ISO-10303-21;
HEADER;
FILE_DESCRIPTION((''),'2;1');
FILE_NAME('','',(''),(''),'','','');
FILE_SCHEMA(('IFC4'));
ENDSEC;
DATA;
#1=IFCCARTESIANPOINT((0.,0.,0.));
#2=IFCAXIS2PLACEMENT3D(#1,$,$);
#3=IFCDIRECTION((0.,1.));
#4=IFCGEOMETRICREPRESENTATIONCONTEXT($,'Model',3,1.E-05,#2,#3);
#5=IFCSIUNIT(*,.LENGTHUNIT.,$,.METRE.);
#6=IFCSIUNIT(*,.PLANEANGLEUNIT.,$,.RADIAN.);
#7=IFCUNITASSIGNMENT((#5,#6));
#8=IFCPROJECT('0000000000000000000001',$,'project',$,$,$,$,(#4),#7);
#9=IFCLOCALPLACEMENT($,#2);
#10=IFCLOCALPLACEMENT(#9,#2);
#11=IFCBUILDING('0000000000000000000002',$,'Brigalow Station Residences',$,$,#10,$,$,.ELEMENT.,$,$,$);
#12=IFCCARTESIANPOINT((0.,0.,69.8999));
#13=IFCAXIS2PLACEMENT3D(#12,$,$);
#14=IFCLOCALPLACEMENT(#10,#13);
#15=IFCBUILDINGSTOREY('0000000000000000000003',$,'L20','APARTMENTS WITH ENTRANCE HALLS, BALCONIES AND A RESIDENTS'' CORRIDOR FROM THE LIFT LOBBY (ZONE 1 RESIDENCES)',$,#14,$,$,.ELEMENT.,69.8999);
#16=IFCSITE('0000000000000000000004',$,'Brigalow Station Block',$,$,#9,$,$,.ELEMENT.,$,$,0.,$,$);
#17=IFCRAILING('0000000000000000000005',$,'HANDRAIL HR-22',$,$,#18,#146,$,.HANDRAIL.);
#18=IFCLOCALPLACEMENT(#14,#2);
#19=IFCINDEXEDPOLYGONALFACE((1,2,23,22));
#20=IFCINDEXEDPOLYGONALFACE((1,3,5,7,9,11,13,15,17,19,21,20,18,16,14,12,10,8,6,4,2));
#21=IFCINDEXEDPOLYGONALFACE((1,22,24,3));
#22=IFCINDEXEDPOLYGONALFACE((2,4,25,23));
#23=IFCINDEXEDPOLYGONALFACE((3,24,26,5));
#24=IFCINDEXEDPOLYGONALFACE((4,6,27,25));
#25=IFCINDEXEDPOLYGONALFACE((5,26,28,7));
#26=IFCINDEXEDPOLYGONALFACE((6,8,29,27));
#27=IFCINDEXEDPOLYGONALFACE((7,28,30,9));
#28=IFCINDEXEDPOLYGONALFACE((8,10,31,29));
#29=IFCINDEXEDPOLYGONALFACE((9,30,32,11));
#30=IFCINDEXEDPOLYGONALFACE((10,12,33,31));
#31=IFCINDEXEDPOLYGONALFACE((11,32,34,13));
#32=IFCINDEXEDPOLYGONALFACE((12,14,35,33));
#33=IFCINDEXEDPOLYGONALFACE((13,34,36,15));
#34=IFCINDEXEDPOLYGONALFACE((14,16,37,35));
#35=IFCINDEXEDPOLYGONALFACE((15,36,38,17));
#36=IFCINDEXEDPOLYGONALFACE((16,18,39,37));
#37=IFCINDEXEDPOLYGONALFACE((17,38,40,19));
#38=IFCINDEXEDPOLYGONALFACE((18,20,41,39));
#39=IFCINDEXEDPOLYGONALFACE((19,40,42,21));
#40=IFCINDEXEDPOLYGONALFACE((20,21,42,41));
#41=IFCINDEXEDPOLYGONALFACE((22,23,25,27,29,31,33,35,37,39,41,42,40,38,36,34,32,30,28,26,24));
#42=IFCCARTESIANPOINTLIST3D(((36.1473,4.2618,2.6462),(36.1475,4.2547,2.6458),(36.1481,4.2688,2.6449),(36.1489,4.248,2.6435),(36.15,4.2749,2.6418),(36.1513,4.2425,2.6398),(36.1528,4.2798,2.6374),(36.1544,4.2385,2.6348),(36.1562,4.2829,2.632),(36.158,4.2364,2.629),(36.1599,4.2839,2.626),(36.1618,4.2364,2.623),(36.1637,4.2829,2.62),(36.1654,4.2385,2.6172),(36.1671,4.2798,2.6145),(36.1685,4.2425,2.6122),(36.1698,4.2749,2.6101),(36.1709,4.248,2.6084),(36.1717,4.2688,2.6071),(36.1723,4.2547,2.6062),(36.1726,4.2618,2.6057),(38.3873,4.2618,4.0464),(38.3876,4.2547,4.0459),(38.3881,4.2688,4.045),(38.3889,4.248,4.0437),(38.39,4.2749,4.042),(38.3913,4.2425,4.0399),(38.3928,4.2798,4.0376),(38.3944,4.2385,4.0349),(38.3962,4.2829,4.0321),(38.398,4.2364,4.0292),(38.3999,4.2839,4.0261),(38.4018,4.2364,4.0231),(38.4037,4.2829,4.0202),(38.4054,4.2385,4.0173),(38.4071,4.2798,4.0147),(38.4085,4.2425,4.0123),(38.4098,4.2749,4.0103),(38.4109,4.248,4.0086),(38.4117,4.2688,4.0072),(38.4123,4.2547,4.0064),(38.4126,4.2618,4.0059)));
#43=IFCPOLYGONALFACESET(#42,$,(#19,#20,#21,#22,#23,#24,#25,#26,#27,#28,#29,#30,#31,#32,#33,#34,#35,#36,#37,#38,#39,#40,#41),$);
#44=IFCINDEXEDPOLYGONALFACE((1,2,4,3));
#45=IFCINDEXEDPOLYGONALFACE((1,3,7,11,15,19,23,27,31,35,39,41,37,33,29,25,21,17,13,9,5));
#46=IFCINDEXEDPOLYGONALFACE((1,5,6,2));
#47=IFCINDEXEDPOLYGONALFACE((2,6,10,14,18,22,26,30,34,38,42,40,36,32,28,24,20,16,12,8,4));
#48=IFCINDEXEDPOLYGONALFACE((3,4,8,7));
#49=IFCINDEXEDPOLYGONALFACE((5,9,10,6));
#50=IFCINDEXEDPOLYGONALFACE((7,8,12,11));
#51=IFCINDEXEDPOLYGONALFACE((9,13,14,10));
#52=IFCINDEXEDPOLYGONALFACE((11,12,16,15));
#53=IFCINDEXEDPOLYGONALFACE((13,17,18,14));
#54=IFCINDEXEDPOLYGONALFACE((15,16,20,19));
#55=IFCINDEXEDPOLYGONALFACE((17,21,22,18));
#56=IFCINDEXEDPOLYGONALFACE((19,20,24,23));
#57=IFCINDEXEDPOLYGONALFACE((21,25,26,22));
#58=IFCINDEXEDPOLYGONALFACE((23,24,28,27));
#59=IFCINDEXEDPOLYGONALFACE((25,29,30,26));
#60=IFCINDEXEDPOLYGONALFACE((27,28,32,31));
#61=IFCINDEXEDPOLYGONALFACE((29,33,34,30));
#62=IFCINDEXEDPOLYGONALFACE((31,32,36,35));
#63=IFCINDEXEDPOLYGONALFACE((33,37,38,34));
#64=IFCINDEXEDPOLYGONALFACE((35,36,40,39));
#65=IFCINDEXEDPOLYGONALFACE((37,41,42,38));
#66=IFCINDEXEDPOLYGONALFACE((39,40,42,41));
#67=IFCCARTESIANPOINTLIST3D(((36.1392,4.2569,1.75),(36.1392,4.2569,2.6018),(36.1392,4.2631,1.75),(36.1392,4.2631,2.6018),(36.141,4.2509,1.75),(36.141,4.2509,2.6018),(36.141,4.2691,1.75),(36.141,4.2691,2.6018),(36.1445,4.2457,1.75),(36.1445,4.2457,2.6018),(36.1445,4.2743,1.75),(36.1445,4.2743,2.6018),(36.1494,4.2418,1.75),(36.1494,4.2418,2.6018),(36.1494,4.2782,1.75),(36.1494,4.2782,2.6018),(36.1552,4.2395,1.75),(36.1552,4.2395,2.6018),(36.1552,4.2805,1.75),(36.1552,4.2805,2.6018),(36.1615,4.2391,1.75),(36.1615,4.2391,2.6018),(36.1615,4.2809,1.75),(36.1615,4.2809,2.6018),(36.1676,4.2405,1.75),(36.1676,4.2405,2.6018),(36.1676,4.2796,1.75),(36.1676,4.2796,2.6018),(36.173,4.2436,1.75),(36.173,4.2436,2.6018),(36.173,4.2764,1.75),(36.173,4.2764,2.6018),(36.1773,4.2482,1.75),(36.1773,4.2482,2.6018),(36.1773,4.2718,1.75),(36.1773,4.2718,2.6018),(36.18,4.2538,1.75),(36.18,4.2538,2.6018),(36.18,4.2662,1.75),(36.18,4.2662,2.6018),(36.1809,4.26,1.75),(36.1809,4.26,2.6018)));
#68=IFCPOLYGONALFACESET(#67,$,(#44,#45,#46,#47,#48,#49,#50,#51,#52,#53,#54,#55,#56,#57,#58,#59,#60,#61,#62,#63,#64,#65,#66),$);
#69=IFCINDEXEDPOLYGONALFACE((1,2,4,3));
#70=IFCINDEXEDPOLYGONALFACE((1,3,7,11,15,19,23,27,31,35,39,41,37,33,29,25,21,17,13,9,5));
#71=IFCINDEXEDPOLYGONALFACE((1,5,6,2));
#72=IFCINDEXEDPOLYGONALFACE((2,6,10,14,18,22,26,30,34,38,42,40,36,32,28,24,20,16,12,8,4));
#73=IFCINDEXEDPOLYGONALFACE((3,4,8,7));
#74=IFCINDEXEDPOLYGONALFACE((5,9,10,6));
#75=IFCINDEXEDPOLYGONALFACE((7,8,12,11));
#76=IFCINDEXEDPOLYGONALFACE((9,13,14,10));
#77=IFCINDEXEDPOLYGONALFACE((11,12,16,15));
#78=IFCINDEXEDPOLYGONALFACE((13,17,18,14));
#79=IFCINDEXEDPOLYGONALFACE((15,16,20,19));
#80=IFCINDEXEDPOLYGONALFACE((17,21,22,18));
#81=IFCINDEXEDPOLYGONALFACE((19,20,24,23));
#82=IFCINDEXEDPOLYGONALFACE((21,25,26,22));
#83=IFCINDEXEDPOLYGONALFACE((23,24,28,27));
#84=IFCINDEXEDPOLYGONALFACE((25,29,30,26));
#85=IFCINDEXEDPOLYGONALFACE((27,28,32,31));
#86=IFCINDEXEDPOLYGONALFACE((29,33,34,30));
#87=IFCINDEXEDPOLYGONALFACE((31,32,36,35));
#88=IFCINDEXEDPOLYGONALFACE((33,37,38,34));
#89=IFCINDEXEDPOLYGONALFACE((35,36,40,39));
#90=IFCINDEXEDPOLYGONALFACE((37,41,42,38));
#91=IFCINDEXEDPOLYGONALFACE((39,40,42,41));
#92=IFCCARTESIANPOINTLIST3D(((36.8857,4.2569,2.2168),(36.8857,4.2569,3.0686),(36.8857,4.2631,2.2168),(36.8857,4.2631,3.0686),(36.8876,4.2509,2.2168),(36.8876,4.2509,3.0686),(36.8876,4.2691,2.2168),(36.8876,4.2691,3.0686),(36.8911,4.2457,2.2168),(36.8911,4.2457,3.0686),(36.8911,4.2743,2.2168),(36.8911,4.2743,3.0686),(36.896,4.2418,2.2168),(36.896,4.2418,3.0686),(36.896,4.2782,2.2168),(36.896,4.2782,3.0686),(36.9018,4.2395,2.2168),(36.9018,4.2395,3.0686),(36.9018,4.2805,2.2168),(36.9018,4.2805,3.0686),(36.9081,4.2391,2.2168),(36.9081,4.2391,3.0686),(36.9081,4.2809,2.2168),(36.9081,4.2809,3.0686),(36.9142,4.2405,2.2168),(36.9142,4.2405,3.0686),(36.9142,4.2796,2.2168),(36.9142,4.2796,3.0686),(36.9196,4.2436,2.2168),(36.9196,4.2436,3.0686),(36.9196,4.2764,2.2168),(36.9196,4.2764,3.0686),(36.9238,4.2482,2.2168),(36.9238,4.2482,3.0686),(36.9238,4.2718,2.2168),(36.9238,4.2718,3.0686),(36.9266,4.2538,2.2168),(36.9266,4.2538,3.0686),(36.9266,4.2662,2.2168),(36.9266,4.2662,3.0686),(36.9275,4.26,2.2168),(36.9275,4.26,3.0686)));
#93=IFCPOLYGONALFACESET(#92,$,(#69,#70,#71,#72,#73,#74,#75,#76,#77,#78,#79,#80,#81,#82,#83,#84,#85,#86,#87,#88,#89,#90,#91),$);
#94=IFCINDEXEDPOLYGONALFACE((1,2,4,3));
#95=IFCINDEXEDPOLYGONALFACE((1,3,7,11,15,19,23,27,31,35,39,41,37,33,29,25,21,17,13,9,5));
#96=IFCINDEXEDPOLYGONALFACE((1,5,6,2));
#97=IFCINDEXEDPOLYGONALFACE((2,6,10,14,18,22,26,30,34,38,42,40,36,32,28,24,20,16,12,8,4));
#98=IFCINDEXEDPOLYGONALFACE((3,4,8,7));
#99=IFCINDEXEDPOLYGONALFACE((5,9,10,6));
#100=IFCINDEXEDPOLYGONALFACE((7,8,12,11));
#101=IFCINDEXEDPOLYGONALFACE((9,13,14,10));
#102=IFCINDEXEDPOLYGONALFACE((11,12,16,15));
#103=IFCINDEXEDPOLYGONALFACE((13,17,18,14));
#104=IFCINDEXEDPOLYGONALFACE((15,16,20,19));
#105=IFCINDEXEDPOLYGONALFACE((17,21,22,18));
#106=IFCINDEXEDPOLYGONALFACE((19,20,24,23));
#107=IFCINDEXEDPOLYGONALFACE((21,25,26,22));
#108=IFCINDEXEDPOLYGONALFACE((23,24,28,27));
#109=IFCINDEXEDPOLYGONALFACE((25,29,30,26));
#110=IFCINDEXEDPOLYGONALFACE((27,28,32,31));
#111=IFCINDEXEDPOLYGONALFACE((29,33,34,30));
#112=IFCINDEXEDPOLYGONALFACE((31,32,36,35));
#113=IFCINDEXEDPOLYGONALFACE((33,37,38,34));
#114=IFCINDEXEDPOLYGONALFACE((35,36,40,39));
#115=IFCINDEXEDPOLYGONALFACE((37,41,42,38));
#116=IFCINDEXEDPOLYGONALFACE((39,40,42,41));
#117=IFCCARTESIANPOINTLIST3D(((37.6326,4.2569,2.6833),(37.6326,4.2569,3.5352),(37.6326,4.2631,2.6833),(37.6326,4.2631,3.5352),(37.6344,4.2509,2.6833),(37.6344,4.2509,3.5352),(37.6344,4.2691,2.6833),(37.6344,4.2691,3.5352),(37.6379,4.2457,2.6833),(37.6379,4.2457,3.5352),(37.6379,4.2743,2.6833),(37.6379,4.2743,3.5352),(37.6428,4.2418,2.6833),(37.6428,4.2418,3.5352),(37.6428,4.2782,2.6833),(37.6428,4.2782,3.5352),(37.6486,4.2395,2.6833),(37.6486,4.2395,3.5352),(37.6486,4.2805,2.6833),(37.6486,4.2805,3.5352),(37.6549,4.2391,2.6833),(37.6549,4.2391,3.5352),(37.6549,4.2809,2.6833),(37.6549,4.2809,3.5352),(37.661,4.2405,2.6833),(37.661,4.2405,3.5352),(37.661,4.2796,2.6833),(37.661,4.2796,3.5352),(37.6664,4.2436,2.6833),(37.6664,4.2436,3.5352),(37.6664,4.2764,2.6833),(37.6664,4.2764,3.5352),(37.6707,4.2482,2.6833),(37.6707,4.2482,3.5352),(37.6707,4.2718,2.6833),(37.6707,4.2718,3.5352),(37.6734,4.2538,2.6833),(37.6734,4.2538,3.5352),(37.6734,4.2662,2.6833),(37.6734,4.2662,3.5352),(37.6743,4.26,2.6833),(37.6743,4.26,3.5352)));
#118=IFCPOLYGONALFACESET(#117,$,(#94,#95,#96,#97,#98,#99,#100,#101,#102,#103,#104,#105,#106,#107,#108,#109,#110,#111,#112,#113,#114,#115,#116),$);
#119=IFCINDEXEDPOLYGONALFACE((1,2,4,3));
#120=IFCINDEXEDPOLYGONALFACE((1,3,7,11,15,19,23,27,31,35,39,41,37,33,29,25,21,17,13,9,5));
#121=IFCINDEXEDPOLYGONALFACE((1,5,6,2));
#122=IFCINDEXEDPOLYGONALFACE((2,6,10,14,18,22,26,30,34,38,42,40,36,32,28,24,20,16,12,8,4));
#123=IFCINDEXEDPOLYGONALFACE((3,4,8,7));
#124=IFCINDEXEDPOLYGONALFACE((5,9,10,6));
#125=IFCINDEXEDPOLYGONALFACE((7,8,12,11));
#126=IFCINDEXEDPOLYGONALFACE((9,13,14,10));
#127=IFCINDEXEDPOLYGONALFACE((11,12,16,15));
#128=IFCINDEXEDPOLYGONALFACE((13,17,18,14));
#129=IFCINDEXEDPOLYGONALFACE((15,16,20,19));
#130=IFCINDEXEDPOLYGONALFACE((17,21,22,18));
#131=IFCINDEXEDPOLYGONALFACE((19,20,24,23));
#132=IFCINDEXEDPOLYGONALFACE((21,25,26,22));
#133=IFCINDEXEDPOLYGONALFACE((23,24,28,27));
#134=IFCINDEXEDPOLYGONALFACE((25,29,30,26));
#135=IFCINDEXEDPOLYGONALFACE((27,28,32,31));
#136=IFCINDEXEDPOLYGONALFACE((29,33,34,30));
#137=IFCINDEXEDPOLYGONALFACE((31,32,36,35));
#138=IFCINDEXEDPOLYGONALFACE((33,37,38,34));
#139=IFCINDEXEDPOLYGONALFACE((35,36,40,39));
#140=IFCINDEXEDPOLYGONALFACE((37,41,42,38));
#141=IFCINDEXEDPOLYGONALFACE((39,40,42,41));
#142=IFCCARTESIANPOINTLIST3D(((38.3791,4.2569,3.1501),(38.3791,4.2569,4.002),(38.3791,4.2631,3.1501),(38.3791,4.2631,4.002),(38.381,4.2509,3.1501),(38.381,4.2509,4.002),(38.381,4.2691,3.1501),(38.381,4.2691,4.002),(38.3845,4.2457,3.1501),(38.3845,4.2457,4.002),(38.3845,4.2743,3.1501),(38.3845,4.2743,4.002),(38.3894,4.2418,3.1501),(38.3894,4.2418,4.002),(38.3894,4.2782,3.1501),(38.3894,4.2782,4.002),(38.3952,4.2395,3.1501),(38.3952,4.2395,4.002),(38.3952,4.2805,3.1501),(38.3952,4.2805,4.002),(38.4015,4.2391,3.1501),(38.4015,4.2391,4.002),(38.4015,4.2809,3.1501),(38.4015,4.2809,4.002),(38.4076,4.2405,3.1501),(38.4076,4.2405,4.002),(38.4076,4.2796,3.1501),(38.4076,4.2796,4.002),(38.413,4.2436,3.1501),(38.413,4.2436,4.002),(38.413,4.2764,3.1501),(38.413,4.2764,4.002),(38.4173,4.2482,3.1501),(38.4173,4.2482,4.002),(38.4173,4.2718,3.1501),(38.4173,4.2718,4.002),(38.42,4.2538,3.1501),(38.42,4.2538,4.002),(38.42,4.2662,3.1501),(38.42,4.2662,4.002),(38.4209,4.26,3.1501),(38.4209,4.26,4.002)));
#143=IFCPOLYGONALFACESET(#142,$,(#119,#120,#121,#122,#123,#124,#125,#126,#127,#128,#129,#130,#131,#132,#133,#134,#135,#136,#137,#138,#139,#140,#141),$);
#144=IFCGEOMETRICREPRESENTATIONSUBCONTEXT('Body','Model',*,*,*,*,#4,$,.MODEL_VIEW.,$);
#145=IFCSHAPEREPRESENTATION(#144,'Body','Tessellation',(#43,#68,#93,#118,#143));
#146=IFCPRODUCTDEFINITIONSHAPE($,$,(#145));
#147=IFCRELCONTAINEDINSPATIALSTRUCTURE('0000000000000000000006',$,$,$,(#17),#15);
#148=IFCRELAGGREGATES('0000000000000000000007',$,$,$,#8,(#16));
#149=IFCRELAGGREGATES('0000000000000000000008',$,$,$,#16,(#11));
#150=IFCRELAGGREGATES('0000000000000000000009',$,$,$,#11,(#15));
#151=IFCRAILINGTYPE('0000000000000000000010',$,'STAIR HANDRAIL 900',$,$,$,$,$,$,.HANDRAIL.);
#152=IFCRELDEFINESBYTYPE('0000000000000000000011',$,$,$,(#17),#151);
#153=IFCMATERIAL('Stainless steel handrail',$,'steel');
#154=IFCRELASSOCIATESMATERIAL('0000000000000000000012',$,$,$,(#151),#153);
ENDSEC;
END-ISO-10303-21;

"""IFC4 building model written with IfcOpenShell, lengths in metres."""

from ifc_helpers import new_model, si_unit, direction, frame, origin, origin_2d, place, context, subcontext, project, spatial, circle, extrude, material, type_object, element, save


model = new_model("IFC4")

# Units and contexts
model_context = context("Model", 3, precision=1e-05, world=origin(), true_north=direction((0.0, 1.0)))
body_context = subcontext(model_context, "Body", "Model", "MODEL_VIEW")
ifc_project = project(units=[si_unit("LENGTHUNIT", "METRE"), si_unit("PLANEANGLEUNIT", "RADIAN")], contexts=[model_context])

# Site, building, storey
site_placement = place(None, origin())
site = spatial("IfcSite", under=ifc_project, at=site_placement, Name="Brigalow Station Block", CompositionType="ELEMENT", RefElevation=0.0)
building_placement = place(site_placement, origin())
building = spatial("IfcBuilding", under=site, at=building_placement, Name="Brigalow Station Residences", CompositionType="ELEMENT")
storey_placement = place(building_placement, frame((0.0, 0.0, 69.8999)))
storey = spatial("IfcBuildingStorey", under=building, at=storey_placement, Name="L20", Description="APARTMENTS WITH ENTRANCE HALLS, BALCONIES AND A RESIDENTS' CORRIDOR FROM THE LIFT LOBBY (ZONE 1 RESIDENCES)", CompositionType="ELEMENT", Elevation=69.8999)

# Railing
ifc_material_1 = material(Name="Stainless steel handrail", Category="steel")
railing_type_1 = type_object("IfcRailingType", Name="STAIR HANDRAIL 900", PredefinedType="HANDRAIL", material=ifc_material_1)
railing_1_placement = place(storey_placement, frame((36.1599, 4.26, 1.75)))
element("IfcRailing", 1, at=railing_1_placement, inside=storey, type_object=railing_type_1, Name="HANDRAIL HR-22", PredefinedType="HANDRAIL", context=body_context, shape_type="SweptSolid", body=[
    extrude(circle(Radius=0.0239, at=origin_2d()), frame((0.0, 0.0, 0.876), z_axis=(0.847972, 0.0, 0.53004), x_axis=(0.0, 1.0, 0.0)), (0.0, 0.0, 1.0), 2.6416),
    extrude(circle(Radius=0.021, at=origin_2d()), origin(), (0.0, 0.0, 1.0), 0.8518),
    extrude(circle(Radius=0.021, at=origin_2d()), frame((0.7466, 0.0, 0.4668)), (0.0, 0.0, 1.0), 0.8518),
    extrude(circle(Radius=0.021, at=origin_2d()), frame((1.4934, 0.0, 0.9333)), (0.0, 0.0, 1.0), 0.8518),
    extrude(circle(Radius=0.021, at=origin_2d()), frame((2.24, 0.0, 1.4001)), (0.0, 0.0, 1.0), 0.8518),
])

save(model, "model.ifc")
